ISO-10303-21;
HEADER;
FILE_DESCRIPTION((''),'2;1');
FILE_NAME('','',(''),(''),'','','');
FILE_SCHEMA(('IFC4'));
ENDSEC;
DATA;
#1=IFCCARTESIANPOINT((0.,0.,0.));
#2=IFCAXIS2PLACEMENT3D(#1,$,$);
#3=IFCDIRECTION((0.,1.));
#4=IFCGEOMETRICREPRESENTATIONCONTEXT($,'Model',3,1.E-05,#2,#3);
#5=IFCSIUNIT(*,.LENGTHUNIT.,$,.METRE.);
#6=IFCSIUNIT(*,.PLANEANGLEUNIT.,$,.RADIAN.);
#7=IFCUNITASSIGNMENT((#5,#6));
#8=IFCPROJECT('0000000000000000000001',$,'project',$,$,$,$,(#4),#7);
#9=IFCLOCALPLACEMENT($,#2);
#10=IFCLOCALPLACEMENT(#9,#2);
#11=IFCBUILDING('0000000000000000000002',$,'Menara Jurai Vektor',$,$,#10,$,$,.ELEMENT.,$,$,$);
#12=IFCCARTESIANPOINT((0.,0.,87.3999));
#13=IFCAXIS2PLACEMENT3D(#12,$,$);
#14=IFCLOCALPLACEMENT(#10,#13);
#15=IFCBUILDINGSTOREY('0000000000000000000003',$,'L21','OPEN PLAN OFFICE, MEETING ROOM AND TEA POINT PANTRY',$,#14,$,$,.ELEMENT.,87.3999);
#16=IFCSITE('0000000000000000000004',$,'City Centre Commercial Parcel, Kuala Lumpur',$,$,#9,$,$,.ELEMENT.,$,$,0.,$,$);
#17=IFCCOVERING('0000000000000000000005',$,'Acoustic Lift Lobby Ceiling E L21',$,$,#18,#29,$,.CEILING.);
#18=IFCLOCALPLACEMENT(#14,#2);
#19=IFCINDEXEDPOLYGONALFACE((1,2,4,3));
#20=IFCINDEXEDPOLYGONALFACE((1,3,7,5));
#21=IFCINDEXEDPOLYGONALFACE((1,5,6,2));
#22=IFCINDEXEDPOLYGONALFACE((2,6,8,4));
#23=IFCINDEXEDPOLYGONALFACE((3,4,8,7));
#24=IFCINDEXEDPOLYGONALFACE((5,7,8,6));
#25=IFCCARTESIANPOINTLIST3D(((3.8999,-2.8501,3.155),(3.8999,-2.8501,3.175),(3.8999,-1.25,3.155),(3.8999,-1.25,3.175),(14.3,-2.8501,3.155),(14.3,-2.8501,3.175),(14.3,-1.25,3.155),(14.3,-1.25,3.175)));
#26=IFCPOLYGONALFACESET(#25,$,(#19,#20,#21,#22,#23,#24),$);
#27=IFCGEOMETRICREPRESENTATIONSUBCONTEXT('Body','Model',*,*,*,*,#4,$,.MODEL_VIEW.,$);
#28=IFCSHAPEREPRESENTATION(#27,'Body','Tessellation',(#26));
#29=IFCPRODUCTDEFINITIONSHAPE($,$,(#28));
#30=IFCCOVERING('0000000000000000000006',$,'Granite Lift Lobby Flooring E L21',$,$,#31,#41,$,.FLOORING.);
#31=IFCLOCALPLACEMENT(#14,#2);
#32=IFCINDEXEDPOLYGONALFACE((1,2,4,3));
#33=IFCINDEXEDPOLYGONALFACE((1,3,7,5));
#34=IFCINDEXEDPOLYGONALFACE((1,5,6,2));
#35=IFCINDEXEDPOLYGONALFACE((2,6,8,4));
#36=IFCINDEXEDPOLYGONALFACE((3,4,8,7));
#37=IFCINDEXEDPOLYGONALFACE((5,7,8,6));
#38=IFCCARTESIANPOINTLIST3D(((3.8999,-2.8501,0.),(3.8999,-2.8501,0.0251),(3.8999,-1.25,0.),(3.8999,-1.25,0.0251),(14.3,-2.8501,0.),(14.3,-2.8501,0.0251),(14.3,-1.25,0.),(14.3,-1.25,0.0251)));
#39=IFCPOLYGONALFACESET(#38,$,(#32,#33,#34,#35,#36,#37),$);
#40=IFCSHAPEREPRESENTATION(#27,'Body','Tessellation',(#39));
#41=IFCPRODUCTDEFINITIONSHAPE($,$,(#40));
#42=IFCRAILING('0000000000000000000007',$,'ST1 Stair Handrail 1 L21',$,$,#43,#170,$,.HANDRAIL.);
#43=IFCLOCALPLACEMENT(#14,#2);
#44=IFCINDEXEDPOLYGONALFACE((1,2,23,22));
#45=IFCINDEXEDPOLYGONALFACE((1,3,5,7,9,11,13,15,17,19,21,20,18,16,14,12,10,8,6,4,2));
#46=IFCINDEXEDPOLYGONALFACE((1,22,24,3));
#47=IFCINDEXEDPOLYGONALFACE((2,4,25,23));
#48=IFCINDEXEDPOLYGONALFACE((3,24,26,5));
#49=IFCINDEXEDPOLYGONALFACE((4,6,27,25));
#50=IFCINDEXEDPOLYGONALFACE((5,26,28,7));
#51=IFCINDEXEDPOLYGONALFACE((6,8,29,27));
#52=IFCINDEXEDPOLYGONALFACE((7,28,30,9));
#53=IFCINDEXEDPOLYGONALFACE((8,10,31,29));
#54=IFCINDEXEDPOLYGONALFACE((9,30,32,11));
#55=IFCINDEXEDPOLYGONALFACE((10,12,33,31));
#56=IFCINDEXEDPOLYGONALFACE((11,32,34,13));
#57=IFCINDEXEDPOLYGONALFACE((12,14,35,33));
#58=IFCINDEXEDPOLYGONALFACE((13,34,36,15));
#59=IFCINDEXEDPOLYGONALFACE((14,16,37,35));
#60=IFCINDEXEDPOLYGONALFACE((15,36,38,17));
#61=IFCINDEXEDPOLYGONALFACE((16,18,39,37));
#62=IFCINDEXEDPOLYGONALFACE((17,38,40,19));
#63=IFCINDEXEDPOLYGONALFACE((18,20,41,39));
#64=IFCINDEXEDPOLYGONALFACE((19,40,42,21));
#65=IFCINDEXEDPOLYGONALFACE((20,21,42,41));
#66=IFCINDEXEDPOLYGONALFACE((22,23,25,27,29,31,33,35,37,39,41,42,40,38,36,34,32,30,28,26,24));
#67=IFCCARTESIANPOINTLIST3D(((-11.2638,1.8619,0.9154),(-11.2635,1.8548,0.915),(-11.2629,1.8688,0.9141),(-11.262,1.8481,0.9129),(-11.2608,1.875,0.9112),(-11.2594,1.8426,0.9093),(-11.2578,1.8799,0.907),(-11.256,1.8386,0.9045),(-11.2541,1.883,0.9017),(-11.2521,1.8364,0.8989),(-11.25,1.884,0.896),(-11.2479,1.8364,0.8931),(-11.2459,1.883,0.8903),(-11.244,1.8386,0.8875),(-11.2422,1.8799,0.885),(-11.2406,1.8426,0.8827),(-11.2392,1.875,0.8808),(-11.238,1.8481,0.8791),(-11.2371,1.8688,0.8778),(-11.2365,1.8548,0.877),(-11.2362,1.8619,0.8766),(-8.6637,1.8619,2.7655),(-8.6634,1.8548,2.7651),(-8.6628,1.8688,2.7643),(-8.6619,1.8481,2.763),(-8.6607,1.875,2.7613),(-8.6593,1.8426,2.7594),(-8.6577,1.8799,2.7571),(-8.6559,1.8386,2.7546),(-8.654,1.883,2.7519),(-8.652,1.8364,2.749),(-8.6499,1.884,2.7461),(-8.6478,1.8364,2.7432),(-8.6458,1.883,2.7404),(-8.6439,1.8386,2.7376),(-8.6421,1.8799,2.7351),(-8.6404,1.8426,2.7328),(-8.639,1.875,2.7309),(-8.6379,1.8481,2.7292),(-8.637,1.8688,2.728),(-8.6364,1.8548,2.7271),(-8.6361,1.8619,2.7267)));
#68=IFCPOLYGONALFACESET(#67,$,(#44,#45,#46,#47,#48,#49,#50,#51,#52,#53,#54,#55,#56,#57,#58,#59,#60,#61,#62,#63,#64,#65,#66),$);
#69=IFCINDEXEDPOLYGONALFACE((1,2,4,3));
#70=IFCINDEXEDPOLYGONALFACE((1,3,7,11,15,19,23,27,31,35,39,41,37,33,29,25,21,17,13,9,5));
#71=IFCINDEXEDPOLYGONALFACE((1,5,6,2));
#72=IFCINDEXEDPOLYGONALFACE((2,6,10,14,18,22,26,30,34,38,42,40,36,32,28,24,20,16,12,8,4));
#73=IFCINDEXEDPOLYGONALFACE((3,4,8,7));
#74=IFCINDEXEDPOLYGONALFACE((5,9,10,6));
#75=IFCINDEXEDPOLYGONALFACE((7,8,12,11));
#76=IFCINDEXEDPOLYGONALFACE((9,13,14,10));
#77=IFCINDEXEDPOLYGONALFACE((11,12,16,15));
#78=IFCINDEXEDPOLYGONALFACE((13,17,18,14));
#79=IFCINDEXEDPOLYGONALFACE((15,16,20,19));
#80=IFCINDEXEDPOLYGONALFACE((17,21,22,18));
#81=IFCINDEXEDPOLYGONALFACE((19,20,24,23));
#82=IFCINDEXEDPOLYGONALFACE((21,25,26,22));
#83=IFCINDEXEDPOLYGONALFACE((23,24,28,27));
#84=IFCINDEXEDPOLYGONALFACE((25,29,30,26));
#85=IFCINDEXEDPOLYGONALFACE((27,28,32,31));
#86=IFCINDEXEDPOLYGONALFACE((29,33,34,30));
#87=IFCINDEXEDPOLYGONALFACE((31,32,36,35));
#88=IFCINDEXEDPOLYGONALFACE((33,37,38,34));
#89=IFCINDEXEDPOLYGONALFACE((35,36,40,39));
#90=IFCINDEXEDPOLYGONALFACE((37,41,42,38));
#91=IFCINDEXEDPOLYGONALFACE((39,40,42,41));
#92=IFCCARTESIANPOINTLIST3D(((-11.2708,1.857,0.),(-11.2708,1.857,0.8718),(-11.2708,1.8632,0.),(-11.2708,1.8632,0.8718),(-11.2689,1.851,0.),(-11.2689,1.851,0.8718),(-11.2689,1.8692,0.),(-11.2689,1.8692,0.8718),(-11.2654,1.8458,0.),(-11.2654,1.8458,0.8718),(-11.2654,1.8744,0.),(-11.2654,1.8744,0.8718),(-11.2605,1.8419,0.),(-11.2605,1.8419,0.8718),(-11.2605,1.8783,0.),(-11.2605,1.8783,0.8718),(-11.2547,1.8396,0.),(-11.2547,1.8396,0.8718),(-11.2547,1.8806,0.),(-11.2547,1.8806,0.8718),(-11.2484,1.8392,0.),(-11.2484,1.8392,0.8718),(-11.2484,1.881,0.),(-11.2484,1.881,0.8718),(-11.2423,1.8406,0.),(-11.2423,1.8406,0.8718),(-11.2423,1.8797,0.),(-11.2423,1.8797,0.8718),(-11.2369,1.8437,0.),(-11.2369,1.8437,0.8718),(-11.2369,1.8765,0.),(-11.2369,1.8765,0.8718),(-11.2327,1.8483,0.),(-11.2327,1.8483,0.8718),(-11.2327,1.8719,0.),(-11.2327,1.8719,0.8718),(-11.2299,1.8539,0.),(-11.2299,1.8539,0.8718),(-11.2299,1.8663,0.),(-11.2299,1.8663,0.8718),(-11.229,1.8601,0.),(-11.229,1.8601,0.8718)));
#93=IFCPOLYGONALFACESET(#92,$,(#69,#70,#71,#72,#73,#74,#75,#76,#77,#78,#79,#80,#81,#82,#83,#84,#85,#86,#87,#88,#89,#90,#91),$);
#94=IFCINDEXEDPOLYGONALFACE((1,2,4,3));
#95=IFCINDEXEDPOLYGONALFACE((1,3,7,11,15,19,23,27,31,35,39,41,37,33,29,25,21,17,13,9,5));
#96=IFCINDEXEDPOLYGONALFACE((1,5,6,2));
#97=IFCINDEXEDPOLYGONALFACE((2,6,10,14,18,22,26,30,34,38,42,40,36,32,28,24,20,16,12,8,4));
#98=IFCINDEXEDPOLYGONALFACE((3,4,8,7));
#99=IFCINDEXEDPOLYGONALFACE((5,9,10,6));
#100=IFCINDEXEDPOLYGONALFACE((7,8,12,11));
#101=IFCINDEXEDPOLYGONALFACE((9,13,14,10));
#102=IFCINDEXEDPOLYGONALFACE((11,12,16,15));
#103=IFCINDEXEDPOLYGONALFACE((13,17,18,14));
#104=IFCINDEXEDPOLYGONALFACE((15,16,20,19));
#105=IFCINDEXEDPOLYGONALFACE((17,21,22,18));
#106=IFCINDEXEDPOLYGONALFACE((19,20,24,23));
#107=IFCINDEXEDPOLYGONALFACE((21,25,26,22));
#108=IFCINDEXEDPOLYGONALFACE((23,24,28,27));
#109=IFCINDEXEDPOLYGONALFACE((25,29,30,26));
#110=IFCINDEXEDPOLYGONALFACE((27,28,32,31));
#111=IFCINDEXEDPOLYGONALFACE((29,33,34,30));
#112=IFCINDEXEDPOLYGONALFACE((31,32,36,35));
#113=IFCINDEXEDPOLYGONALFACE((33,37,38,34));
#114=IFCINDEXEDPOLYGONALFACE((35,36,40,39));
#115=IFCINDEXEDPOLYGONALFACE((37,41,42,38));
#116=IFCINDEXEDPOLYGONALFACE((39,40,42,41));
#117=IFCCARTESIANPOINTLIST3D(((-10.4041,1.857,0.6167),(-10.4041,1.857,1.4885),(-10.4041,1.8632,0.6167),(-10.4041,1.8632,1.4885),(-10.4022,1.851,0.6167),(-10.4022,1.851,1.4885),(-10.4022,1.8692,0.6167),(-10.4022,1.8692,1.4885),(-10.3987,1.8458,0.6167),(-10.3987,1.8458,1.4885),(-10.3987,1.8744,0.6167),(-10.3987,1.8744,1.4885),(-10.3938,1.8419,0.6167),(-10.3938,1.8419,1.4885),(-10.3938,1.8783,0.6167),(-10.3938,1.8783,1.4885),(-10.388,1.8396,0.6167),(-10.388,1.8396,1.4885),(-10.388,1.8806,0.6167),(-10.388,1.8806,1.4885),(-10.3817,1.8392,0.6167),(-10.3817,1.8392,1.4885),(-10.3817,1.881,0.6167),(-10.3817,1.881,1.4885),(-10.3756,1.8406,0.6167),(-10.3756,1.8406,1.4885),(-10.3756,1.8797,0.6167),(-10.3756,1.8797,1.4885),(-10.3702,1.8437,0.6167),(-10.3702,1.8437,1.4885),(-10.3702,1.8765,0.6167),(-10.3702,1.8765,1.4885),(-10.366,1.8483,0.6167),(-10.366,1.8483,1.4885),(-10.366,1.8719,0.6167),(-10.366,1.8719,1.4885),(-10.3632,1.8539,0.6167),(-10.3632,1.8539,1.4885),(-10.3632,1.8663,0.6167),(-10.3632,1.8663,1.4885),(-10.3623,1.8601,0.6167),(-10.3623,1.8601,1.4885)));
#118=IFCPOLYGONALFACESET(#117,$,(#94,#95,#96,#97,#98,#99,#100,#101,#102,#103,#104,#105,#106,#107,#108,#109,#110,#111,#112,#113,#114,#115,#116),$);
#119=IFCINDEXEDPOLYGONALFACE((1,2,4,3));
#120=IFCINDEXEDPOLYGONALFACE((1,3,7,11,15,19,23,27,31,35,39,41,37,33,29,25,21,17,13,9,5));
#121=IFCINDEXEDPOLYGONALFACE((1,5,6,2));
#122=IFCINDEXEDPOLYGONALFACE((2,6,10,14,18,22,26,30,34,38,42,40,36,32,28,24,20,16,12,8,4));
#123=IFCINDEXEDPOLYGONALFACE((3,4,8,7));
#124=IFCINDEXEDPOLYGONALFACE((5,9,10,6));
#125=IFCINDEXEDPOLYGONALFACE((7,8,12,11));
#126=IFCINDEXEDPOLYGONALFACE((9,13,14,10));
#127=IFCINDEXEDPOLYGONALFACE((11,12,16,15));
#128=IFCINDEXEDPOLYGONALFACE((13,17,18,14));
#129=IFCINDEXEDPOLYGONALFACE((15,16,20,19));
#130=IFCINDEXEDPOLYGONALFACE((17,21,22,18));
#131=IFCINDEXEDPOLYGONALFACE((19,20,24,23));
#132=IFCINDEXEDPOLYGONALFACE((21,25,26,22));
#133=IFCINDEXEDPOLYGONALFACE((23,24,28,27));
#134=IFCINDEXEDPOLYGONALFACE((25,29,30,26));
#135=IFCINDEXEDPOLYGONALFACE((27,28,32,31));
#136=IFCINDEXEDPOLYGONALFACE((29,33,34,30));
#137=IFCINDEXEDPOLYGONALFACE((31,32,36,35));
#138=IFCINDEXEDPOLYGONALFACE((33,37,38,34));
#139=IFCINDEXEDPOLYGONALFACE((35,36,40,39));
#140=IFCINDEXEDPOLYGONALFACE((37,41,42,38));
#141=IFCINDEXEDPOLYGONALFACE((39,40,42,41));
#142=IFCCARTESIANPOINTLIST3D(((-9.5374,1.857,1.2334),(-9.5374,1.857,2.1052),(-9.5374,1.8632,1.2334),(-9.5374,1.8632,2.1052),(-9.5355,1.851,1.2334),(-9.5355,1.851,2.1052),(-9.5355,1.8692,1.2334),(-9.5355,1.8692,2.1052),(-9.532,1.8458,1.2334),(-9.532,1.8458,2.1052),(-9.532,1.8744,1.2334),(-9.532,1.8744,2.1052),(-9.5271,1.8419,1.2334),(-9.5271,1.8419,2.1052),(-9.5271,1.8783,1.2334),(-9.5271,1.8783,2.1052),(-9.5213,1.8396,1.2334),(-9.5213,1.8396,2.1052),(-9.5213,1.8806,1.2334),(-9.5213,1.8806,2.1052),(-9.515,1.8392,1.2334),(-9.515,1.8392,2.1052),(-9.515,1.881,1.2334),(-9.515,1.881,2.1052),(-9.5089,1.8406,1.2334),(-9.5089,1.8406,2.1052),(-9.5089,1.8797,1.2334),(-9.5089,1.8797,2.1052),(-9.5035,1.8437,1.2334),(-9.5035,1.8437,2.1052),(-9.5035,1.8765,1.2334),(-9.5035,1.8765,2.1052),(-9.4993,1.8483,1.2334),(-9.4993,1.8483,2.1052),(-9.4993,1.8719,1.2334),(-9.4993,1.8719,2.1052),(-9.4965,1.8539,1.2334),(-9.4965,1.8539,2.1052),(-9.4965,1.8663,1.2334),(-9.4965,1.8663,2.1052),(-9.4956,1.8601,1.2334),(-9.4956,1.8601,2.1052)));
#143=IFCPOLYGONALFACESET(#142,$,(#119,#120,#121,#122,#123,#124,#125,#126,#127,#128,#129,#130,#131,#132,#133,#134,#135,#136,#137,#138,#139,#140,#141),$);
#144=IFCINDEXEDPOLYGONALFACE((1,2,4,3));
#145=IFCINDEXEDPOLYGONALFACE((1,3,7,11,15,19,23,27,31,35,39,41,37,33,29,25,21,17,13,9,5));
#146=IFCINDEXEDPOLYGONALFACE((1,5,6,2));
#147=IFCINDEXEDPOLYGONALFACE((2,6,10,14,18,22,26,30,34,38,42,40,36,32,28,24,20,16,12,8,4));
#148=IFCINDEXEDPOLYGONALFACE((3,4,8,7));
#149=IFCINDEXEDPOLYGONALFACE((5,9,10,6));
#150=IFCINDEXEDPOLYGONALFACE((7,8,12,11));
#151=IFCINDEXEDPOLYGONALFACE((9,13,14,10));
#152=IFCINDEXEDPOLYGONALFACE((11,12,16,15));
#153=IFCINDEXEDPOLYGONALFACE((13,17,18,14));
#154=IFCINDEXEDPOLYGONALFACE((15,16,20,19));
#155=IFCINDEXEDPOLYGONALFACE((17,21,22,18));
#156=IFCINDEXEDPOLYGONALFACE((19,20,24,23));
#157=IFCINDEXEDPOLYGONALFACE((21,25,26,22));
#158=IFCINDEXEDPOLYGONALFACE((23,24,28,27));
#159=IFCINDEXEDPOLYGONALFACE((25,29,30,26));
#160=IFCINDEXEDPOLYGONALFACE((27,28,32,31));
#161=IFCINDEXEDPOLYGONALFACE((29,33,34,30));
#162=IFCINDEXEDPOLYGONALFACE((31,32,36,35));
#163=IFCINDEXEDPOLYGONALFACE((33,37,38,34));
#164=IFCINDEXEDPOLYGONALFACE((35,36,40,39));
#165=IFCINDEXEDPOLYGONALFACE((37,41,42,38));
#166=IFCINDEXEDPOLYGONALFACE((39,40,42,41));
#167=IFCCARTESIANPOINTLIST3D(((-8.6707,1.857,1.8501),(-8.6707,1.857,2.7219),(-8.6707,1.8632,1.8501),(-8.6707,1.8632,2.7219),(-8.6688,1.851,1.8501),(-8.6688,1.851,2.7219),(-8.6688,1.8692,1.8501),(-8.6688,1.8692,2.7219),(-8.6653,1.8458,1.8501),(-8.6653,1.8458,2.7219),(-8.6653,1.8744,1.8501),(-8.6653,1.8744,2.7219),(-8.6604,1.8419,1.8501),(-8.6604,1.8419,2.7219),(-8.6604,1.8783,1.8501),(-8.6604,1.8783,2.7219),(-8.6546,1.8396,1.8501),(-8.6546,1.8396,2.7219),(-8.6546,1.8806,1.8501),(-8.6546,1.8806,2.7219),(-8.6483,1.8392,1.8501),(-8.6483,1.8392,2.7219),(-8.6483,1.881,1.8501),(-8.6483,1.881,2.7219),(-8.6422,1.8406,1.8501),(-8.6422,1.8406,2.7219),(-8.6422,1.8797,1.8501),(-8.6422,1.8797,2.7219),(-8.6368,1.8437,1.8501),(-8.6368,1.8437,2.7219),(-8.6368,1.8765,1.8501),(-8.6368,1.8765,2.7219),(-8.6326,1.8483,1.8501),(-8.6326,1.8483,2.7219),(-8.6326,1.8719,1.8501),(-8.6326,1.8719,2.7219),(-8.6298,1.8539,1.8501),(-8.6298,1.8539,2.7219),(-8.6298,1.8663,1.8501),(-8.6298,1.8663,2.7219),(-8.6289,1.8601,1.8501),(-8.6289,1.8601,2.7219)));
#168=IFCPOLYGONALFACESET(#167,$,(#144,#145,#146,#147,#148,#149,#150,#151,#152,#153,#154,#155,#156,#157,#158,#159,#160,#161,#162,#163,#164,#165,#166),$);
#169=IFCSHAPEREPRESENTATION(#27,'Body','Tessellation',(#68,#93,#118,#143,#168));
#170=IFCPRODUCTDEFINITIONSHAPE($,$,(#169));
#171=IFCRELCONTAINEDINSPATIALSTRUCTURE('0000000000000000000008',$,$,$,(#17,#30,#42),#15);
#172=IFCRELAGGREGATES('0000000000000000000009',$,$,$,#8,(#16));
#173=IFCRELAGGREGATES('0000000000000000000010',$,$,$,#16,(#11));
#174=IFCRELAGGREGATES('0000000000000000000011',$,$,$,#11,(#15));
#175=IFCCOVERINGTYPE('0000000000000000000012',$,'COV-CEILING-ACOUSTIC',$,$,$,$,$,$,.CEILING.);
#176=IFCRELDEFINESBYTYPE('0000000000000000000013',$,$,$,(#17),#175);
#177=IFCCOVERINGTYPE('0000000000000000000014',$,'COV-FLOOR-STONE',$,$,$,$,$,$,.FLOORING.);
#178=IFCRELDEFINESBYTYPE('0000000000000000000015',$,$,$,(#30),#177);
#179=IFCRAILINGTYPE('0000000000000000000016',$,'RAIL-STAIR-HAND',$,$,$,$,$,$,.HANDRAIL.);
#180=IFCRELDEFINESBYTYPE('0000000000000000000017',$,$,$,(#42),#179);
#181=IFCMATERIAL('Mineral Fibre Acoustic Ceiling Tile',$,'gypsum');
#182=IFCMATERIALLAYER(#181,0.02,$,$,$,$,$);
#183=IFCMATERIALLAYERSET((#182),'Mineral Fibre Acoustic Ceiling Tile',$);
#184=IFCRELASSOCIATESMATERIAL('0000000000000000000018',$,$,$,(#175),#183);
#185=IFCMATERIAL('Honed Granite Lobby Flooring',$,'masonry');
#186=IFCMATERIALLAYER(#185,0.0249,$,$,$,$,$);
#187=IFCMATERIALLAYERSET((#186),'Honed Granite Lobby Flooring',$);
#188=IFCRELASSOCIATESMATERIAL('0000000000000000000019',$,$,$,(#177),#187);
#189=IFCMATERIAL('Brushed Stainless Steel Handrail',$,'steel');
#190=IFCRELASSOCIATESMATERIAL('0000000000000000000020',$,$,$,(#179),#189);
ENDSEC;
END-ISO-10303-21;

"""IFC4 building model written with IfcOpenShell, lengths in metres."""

from ifc_helpers import new_model, si_unit, direction, frame, origin, origin_2d, place, context, subcontext, project, spatial, polyline, circle, outline, extrude, material, layer, layer_set, type_object, element, save


model = new_model("IFC4")

# Units and contexts
model_context = context("Model", 3, precision=1e-05, world=origin(), true_north=direction((0.0, 1.0)))
body_context = subcontext(model_context, "Body", "Model", "MODEL_VIEW")
ifc_project = project(units=[si_unit("LENGTHUNIT", "METRE"), si_unit("PLANEANGLEUNIT", "RADIAN")], contexts=[model_context])

# Site, building, storey
site_placement = place(None, origin())
site = spatial("IfcSite", under=ifc_project, at=site_placement, Name="City Centre Commercial Parcel, Kuala Lumpur", CompositionType="ELEMENT", RefElevation=0.0)
building_placement = place(site_placement, origin())
building = spatial("IfcBuilding", under=site, at=building_placement, Name="Menara Jurai Vektor", CompositionType="ELEMENT")
storey_placement = place(building_placement, frame((0.0, 0.0, 87.3999)))
storey = spatial("IfcBuildingStorey", under=building, at=storey_placement, Name="L21", Description="OPEN PLAN OFFICE, MEETING ROOM AND TEA POINT PANTRY", CompositionType="ELEMENT", Elevation=87.3999)

# Coverings
ifc_material_1 = material(Name="Mineral Fibre Acoustic Ceiling Tile", Category="gypsum")
ifc_layer_1 = layer(ifc_material_1, 0.02)
ifc_layer_set_1 = layer_set([ifc_layer_1], Name="Mineral Fibre Acoustic Ceiling Tile")
covering_type_1 = type_object("IfcCoveringType", Name="COV-CEILING-ACOUSTIC", PredefinedType="CEILING", material=ifc_layer_set_1)
covering_1_placement = place(storey_placement, frame((0.0, 0.0, 3.155)))
element("IfcCovering", 1, at=covering_1_placement, inside=storey, type_object=covering_type_1, Name="Acoustic Lift Lobby Ceiling E L21", PredefinedType="CEILING", context=body_context, shape_type="SweptSolid", body=[
    extrude(outline(polyline([(3.8999, -2.8501), (14.3, -2.8501), (14.3, -1.25), (3.8999, -1.25), (3.8999, -2.8501)])), origin(), (0.0, 0.0, 1.0), 0.02),
])
ifc_material_2 = material(Name="Honed Granite Lobby Flooring", Category="masonry")
ifc_layer_2 = layer(ifc_material_2, 0.0249)
ifc_layer_set_2 = layer_set([ifc_layer_2], Name="Honed Granite Lobby Flooring")
covering_type_2 = type_object("IfcCoveringType", Name="COV-FLOOR-STONE", PredefinedType="FLOORING", material=ifc_layer_set_2)
covering_2_placement = place(storey_placement, origin())
element("IfcCovering", 2, at=covering_2_placement, inside=storey, type_object=covering_type_2, Name="Granite Lift Lobby Flooring E L21", PredefinedType="FLOORING", context=body_context, shape_type="SweptSolid", body=[
    extrude(outline(polyline([(3.8999, -2.8501), (14.3, -2.8501), (14.3, -1.25), (3.8999, -1.25), (3.8999, -2.8501)])), origin(), (0.0, 0.0, 1.0), 0.0251),
])

# Railing
ifc_material_3 = material(Name="Brushed Stainless Steel Handrail", Category="steel")
railing_type_1 = type_object("IfcRailingType", Name="RAIL-STAIR-HAND", PredefinedType="HANDRAIL", material=ifc_material_3)
railing_1_placement = place(storey_placement, frame((-11.25, 1.8601, 0.0)))
element("IfcRailing", 3, at=railing_1_placement, inside=storey, type_object=railing_type_1, Name="ST1 Stair Handrail 1 L21", PredefinedType="HANDRAIL", context=body_context, shape_type="SweptSolid", body=[
    extrude(circle(Radius=0.0239, at=origin_2d()), frame((0.0, 0.0, 0.896), z_axis=(0.814787, 0.0, 0.579761), x_axis=(0.0, 1.0, 0.0)), (0.0, 0.0, 1.0), 3.1912),
    extrude(circle(Radius=0.021, at=origin_2d()), origin(), (0.0, 0.0, 1.0), 0.8718),
    extrude(circle(Radius=0.021, at=origin_2d()), frame((0.8667, 0.0, 0.6167)), (0.0, 0.0, 1.0), 0.8718),
    extrude(circle(Radius=0.021, at=origin_2d()), frame((1.7334, 0.0, 1.2334)), (0.0, 0.0, 1.0), 0.8718),
    extrude(circle(Radius=0.021, at=origin_2d()), frame((2.6001, 0.0, 1.8501)), (0.0, 0.0, 1.0), 0.8718),
])

save(model, "model.ifc")
